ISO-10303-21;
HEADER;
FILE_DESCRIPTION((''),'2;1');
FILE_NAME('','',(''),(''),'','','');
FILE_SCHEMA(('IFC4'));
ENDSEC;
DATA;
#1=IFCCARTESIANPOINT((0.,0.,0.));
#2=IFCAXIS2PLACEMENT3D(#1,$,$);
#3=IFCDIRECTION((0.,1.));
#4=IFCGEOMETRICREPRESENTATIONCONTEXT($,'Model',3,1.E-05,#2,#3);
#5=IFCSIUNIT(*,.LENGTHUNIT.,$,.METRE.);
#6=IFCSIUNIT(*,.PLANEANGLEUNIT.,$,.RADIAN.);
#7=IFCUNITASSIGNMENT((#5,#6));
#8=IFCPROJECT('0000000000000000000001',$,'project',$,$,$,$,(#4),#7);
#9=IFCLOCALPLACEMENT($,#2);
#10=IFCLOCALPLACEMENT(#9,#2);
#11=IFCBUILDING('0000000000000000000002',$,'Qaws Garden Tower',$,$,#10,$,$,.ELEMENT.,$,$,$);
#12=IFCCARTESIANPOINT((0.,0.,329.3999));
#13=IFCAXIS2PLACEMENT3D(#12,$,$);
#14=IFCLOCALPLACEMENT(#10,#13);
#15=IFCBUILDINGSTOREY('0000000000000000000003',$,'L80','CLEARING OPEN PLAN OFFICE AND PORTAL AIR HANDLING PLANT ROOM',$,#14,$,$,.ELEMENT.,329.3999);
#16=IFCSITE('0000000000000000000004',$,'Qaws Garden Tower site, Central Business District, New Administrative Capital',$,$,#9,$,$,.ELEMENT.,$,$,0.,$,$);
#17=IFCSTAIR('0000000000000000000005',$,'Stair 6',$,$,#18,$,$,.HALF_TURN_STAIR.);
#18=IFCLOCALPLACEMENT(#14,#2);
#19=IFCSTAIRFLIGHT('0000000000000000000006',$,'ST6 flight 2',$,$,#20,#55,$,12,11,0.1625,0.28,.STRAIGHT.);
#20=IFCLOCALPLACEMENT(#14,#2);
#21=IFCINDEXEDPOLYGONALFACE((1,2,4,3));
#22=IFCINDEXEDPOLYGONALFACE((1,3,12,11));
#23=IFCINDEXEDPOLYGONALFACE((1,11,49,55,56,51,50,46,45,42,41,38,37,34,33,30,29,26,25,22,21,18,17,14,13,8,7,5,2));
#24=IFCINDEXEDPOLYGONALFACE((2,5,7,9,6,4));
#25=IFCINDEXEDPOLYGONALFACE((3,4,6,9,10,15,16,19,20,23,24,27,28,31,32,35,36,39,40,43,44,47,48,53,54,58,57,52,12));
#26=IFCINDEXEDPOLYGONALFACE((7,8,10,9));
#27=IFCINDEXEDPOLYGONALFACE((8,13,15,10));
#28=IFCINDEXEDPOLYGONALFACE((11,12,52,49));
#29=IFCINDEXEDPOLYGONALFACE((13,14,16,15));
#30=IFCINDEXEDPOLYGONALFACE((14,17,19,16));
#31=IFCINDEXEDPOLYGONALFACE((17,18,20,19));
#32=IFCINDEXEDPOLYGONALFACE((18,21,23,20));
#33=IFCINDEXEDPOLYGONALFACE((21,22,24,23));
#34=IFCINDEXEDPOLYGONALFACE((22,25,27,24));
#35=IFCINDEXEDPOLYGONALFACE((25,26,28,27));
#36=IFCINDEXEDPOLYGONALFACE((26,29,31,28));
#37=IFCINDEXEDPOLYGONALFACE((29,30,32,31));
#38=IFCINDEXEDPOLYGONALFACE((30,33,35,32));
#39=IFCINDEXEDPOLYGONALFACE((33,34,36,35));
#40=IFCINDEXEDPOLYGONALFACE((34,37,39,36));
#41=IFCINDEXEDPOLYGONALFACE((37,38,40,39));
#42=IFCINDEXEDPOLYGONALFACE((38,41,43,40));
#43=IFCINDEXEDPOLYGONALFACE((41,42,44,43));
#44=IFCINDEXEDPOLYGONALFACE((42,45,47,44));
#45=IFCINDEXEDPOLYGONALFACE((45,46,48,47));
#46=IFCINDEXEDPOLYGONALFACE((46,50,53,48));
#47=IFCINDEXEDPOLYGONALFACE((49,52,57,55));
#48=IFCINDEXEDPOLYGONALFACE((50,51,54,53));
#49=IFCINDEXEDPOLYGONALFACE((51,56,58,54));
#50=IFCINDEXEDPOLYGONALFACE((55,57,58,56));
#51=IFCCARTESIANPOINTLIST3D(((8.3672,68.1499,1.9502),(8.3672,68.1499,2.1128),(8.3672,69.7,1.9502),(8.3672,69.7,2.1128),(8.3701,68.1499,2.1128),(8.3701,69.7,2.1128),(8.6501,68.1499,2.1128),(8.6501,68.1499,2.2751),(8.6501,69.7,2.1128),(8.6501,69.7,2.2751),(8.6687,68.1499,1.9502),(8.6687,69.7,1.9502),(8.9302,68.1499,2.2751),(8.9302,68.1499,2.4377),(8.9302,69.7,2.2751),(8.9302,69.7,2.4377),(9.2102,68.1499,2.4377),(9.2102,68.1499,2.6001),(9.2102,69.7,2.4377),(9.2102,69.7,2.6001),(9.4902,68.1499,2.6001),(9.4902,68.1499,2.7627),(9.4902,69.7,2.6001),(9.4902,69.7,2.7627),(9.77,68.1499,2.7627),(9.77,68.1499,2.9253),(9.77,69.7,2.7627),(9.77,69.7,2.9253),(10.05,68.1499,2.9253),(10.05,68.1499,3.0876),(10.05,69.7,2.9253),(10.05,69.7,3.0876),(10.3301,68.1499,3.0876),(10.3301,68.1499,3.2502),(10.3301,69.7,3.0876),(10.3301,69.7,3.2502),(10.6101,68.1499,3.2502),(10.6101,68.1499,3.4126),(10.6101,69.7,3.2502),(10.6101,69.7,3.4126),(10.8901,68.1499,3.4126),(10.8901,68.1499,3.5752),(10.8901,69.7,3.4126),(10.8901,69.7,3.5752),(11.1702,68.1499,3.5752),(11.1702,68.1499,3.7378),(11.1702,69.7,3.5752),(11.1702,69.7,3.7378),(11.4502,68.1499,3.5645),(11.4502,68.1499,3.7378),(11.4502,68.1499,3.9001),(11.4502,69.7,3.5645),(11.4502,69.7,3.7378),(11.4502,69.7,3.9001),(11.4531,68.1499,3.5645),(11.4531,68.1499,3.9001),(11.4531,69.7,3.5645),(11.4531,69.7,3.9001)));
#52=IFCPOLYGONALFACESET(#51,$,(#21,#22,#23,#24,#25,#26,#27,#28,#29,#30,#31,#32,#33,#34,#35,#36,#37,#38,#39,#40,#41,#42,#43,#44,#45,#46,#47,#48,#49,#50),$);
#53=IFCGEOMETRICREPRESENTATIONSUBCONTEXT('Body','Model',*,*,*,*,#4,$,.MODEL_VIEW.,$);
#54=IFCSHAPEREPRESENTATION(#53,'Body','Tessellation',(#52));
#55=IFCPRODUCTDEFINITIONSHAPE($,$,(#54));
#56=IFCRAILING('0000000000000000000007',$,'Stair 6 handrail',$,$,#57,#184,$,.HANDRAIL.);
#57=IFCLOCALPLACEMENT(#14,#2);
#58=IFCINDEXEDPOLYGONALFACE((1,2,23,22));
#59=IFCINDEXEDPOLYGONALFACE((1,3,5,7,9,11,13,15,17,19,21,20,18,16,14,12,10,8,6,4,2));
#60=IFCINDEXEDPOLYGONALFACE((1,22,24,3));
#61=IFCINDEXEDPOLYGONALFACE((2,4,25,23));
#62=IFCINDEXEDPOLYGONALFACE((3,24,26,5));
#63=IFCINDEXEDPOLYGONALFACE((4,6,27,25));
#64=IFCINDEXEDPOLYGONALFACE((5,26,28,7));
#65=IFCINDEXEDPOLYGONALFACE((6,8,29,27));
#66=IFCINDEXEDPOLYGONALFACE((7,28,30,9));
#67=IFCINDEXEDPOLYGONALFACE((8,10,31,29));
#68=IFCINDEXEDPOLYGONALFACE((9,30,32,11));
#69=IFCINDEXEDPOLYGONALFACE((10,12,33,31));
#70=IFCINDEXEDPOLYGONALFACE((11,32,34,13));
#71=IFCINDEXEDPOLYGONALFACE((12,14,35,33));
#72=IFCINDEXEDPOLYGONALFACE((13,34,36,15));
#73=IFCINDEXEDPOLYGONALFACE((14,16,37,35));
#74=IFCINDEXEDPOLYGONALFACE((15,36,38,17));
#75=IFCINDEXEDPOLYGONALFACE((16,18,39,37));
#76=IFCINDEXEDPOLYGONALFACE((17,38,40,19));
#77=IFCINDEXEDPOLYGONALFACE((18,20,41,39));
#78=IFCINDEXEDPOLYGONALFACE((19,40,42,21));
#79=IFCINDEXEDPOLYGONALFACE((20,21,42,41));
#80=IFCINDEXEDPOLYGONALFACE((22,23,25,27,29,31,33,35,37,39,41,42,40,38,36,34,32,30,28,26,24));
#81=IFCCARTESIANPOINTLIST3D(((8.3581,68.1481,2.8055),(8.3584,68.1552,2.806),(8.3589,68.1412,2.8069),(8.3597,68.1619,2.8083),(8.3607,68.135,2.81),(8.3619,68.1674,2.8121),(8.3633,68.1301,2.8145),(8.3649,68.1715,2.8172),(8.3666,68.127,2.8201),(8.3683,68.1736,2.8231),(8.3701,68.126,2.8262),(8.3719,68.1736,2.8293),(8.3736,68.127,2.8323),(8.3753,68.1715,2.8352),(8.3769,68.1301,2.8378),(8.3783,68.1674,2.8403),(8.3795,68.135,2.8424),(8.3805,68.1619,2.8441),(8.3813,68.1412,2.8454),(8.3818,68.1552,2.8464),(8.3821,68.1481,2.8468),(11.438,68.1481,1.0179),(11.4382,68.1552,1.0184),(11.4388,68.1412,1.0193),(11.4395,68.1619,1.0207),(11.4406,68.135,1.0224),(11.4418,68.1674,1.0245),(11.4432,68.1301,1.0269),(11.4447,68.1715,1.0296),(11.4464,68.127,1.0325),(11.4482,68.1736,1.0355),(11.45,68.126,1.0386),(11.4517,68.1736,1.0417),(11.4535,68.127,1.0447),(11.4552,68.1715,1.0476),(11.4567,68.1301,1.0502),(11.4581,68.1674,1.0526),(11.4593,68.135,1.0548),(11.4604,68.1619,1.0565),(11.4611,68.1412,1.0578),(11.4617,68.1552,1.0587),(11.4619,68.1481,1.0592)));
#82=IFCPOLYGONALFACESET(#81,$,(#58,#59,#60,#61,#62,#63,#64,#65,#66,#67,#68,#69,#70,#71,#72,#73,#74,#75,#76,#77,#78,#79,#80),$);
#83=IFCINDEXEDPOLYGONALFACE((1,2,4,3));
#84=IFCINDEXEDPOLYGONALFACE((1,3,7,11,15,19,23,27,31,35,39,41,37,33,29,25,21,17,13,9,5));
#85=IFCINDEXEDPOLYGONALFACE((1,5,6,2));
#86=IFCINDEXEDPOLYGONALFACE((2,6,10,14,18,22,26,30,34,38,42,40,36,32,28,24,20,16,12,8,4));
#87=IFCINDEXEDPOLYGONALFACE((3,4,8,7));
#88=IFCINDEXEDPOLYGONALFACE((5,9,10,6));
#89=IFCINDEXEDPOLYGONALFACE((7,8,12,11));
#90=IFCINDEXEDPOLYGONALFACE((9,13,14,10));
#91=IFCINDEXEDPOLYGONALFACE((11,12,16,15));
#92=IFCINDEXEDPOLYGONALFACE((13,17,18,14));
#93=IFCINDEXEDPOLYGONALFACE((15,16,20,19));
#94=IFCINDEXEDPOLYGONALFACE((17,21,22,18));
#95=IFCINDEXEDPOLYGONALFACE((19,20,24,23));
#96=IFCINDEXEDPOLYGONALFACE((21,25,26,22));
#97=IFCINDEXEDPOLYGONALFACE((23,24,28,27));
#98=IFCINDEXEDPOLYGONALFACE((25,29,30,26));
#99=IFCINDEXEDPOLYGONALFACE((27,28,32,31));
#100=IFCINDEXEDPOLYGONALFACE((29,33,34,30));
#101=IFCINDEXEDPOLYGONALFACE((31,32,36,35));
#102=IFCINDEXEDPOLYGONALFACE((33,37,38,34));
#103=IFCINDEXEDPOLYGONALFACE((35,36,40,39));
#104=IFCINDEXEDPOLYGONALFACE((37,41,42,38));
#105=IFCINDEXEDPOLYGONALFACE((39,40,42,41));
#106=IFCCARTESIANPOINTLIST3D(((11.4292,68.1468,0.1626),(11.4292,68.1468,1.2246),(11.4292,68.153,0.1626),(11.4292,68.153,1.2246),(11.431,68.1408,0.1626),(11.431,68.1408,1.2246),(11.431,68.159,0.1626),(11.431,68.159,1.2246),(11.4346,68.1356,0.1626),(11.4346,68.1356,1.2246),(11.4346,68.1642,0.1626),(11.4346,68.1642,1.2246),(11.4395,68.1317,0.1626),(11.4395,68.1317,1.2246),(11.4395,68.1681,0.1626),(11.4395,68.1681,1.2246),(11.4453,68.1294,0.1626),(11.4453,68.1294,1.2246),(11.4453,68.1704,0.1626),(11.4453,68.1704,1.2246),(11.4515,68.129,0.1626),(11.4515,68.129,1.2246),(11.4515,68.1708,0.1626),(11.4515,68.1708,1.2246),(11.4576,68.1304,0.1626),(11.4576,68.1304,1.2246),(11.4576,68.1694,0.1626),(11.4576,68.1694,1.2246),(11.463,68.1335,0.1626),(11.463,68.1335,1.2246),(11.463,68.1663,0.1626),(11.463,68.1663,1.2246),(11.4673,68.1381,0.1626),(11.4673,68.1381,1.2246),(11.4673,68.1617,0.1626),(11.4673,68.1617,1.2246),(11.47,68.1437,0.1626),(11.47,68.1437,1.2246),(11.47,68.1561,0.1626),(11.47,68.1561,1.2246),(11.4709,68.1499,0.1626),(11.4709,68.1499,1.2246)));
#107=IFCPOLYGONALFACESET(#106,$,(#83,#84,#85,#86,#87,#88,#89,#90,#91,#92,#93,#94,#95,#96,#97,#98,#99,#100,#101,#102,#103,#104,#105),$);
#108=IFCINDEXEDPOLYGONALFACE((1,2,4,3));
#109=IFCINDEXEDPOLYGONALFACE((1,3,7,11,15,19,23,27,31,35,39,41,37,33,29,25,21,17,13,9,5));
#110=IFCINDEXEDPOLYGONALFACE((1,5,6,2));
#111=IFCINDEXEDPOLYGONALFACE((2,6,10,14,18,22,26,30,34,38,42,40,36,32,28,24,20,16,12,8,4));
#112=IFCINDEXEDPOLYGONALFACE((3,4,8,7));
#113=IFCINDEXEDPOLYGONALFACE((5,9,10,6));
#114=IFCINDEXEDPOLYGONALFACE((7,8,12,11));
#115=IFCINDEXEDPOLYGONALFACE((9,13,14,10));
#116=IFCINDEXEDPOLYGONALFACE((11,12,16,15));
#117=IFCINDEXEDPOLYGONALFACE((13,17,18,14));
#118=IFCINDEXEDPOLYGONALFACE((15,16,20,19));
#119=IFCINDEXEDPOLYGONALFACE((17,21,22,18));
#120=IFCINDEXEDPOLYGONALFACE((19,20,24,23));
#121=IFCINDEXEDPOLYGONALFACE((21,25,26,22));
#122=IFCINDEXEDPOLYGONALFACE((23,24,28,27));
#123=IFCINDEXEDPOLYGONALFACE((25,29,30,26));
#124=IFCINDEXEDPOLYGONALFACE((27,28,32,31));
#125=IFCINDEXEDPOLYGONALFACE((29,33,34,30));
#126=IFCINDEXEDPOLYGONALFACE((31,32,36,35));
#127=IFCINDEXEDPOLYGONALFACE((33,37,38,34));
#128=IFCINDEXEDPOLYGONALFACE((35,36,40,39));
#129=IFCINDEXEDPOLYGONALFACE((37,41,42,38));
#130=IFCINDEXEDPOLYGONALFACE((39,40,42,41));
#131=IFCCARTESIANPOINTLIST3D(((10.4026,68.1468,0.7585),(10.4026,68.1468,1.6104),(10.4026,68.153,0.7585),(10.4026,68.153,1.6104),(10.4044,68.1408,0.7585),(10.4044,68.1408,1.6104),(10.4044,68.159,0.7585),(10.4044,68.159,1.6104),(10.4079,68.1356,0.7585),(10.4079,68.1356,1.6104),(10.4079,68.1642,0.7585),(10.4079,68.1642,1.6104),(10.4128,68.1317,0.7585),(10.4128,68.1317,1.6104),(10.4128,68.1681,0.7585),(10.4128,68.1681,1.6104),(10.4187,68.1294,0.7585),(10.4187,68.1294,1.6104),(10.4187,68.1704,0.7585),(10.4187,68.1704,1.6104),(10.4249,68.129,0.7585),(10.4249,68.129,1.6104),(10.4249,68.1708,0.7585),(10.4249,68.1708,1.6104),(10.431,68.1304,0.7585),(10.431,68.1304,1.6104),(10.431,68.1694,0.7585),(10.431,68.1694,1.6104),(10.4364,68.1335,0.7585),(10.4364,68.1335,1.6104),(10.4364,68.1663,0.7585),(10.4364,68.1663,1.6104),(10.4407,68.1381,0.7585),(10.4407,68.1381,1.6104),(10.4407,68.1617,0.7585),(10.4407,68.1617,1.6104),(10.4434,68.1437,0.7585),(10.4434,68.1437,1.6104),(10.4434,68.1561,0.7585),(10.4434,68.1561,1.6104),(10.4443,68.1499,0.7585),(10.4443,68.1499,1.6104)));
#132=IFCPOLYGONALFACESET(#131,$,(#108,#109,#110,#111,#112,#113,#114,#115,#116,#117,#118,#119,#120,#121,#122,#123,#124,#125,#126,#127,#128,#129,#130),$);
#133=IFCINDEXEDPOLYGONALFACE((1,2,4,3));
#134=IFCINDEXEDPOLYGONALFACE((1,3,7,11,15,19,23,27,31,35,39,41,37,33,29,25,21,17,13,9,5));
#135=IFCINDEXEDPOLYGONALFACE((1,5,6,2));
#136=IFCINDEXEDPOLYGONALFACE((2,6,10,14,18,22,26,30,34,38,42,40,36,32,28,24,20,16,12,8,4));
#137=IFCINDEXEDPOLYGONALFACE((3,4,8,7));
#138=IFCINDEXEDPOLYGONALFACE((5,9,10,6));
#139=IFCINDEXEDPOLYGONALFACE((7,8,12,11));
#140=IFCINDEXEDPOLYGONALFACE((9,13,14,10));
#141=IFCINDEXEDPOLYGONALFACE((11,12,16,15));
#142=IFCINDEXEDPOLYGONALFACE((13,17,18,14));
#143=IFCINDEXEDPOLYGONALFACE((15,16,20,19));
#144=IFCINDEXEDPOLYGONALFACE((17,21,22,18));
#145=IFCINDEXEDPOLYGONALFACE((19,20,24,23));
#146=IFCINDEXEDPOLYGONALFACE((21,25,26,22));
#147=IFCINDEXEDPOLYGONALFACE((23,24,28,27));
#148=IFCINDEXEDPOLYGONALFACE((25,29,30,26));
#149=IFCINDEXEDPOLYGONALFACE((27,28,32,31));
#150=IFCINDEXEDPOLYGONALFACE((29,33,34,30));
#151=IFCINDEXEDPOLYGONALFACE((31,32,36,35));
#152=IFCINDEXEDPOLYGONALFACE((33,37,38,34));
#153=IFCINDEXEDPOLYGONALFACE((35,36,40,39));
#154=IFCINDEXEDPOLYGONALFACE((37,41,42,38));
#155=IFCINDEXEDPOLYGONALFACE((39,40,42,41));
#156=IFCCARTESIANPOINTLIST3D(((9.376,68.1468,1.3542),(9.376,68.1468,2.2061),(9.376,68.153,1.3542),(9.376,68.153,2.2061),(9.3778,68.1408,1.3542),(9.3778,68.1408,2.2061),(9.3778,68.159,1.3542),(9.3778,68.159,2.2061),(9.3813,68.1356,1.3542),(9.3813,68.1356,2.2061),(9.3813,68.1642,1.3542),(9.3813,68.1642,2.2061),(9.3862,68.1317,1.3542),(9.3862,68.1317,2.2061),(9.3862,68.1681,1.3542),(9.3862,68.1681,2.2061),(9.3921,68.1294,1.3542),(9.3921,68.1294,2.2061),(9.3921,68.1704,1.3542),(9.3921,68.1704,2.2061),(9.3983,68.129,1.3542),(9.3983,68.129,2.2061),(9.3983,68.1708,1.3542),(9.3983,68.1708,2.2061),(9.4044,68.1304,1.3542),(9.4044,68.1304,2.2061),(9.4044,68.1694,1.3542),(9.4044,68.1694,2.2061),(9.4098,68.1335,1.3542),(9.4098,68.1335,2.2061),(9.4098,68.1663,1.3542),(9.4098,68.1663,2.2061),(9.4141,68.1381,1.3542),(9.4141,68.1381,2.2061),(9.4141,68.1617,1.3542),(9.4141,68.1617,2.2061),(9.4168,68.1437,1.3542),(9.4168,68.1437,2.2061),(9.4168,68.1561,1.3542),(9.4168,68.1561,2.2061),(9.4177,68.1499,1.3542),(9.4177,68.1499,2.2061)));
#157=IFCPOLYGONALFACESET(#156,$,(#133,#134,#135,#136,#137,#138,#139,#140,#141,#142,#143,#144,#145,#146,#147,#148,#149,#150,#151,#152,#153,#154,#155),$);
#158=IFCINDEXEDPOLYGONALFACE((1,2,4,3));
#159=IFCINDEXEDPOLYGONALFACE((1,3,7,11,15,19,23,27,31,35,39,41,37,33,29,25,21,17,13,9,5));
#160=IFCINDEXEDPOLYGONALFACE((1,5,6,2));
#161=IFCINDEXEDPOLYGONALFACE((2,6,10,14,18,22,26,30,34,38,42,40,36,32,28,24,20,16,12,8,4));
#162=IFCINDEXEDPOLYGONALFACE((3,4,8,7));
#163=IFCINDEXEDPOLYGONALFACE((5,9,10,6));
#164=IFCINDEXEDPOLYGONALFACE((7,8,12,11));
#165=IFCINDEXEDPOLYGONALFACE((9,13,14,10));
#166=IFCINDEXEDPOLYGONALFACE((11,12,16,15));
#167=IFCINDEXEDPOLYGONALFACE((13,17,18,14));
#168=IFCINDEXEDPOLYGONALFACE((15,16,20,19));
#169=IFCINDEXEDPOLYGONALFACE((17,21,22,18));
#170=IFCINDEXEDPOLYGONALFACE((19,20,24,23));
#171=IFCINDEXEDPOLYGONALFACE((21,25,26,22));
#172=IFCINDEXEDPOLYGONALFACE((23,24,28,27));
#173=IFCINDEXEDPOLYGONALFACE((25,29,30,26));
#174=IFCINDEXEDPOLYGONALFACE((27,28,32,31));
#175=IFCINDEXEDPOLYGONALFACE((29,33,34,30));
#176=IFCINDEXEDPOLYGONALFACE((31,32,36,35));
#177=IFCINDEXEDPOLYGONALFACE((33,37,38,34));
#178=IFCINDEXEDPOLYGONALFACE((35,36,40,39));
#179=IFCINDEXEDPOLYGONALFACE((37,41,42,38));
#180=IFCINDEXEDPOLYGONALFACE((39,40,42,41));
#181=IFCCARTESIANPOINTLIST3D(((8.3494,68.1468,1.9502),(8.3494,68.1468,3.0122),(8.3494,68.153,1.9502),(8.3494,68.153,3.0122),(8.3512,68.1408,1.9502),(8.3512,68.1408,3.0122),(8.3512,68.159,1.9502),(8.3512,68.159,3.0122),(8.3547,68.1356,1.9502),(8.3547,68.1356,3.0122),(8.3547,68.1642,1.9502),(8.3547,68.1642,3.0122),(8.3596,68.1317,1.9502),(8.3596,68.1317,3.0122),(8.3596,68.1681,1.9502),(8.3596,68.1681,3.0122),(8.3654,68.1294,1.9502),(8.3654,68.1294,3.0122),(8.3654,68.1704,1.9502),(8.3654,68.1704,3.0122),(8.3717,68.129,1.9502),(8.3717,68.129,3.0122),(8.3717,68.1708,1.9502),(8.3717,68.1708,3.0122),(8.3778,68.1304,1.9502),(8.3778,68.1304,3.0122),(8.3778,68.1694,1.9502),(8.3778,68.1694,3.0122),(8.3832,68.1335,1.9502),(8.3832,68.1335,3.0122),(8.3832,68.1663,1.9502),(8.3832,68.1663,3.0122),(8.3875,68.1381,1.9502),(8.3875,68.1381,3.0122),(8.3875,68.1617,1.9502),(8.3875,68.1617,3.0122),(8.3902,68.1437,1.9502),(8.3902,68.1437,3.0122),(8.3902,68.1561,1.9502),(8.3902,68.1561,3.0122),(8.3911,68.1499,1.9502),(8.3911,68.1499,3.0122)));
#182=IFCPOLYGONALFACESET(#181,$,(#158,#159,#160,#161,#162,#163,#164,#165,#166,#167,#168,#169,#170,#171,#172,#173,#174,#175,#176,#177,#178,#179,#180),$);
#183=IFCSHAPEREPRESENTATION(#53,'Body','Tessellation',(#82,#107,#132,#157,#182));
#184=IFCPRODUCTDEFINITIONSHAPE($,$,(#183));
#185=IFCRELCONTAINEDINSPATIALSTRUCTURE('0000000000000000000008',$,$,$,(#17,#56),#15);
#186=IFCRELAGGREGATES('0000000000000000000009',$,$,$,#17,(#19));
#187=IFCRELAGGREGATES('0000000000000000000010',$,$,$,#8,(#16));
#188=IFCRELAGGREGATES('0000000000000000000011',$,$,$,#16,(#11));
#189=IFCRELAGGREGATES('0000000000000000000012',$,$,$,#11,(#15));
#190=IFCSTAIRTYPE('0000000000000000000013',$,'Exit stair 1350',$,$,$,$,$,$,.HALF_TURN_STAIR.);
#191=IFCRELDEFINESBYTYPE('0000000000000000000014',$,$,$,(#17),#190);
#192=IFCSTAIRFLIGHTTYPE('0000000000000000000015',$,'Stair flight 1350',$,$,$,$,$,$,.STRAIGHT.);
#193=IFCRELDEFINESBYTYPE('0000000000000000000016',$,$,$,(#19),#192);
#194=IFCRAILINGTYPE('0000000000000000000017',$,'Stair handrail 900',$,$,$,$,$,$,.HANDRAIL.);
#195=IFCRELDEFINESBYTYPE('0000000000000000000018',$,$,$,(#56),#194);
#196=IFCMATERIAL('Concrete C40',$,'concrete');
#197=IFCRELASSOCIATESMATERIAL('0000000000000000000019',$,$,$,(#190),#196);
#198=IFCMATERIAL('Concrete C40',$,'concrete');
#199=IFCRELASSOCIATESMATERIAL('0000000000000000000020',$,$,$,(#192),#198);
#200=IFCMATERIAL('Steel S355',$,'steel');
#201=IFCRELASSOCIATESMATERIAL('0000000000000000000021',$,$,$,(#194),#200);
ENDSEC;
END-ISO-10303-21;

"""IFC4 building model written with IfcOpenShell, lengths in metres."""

from ifc_helpers import new_model, si_unit, direction, frame, origin, origin_2d, place, context, subcontext, project, spatial, polyline, circle, outline, extrude, material, type_object, element, aggregate, save


model = new_model("IFC4")

# Units and contexts
model_context = context("Model", 3, precision=1e-05, world=origin(), true_north=direction((0.0, 1.0)))
body_context = subcontext(model_context, "Body", "Model", "MODEL_VIEW")
ifc_project = project(units=[si_unit("LENGTHUNIT", "METRE"), si_unit("PLANEANGLEUNIT", "RADIAN")], contexts=[model_context])

# Site, building, storey
site_placement = place(None, origin())
site = spatial("IfcSite", under=ifc_project, at=site_placement, Name="Qaws Garden Tower site, Central Business District, New Administrative Capital", CompositionType="ELEMENT", RefElevation=0.0)
building_placement = place(site_placement, origin())
building = spatial("IfcBuilding", under=site, at=building_placement, Name="Qaws Garden Tower", CompositionType="ELEMENT")
storey_placement = place(building_placement, frame((0.0, 0.0, 329.3999)))
storey = spatial("IfcBuildingStorey", under=building, at=storey_placement, Name="L80", Description="CLEARING OPEN PLAN OFFICE AND PORTAL AIR HANDLING PLANT ROOM", CompositionType="ELEMENT", Elevation=329.3999)

# Shared definitions
placement = place(storey_placement, origin())

# Stair, stair flight
ifc_material_1 = material(Name="Concrete C40", Category="concrete")
stair_type = type_object("IfcStairType", Name="Exit stair 1350", PredefinedType="HALF_TURN_STAIR", material=ifc_material_1)
stair = element("IfcStair", 1, at=placement, inside=storey, type_object=stair_type, Name="Stair 6", PredefinedType="HALF_TURN_STAIR")
ifc_material_2 = material(Name="Concrete C40", Category="concrete")
stair_flight_type = type_object("IfcStairFlightType", Name="Stair flight 1350", PredefinedType="STRAIGHT", material=ifc_material_2)
stair_flight_1_placement = place(storey_placement, frame((8.3701, 68.925, 1.9502), z_axis=(0.0, 0.0, 1.0), x_axis=(1.0, 0.0, 0.0)))
stair_flight_1 = element("IfcStairFlight", 2, at=stair_flight_1_placement, type_object=stair_flight_type, Name="ST6 flight 2", NumberOfRisers=12, NumberOfTreads=11, PredefinedType="STRAIGHT", RiserHeight=0.1625, TreadLength=0.28, context=body_context, shape_type="SweptSolid", body=[
    extrude(outline(polyline([(-0.0029, 0.0), (-0.0029, 0.1626), (0.0, 0.1626), (0.28, 0.1626), (0.28, 0.325), (0.5601, 0.325), (0.5601, 0.4875), (0.8401, 0.4875), (0.8401, 0.6499), (1.1201, 0.6499), (1.1201, 0.8125), (1.3999, 0.8125), (1.3999, 0.9751), (1.6799, 0.9751), (1.6799, 1.1375), (1.96, 1.1375), (1.96, 1.3), (2.24, 1.3), (2.24, 1.4624), (2.52, 1.4624), (2.52, 1.625), (2.8, 1.625), (2.8, 1.7876), (3.0801, 1.7876), (3.0801, 1.95), (3.083, 1.95), (3.083, 1.6143), (3.0801, 1.6143), (0.2986, 0.0), (-0.0029, 0.0)])), frame((0.0, 0.7749, 0.0), z_axis=(0.0, -1.0, 0.0), x_axis=(1.0, 0.0, 0.0)), (0.0, 0.0, 1.0), 1.55),
])
aggregate(stair, [stair_flight_1])

# Railing
ifc_material_3 = material(Name="Steel S355", Category="steel")
railing_type = type_object("IfcRailingType", Name="Stair handrail 900", PredefinedType="HANDRAIL", material=ifc_material_3)
railing_1_placement = place(storey_placement, frame((11.45, 68.1499, 0.1626)))
element("IfcRailing", 3, at=railing_1_placement, inside=storey, type_object=railing_type, Name="Stair 6 handrail", PredefinedType="HANDRAIL", context=body_context, shape_type="SweptSolid", body=[
    extrude(circle(Radius=0.0239, at=origin_2d()), frame((0.0, 0.0, 0.876), z_axis=(-0.864873, 0.0, 0.50199), x_axis=(0.0, -1.0, 0.0)), (0.0, 0.0, 1.0), 3.561),
    extrude(circle(Radius=0.021, at=origin_2d()), origin(), (0.0, 0.0, 1.0), 1.062),
    extrude(circle(Radius=0.021, at=origin_2d()), frame((-1.0266, 0.0, 0.5959)), (0.0, 0.0, 1.0), 0.8518),
    extrude(circle(Radius=0.021, at=origin_2d()), frame((-2.0532, 0.0, 1.1917)), (0.0, 0.0, 1.0), 0.8518),
    extrude(circle(Radius=0.021, at=origin_2d()), frame((-3.0798, 0.0, 1.7876)), (0.0, 0.0, 1.0), 1.062),
])

save(model, "model.ifc")
